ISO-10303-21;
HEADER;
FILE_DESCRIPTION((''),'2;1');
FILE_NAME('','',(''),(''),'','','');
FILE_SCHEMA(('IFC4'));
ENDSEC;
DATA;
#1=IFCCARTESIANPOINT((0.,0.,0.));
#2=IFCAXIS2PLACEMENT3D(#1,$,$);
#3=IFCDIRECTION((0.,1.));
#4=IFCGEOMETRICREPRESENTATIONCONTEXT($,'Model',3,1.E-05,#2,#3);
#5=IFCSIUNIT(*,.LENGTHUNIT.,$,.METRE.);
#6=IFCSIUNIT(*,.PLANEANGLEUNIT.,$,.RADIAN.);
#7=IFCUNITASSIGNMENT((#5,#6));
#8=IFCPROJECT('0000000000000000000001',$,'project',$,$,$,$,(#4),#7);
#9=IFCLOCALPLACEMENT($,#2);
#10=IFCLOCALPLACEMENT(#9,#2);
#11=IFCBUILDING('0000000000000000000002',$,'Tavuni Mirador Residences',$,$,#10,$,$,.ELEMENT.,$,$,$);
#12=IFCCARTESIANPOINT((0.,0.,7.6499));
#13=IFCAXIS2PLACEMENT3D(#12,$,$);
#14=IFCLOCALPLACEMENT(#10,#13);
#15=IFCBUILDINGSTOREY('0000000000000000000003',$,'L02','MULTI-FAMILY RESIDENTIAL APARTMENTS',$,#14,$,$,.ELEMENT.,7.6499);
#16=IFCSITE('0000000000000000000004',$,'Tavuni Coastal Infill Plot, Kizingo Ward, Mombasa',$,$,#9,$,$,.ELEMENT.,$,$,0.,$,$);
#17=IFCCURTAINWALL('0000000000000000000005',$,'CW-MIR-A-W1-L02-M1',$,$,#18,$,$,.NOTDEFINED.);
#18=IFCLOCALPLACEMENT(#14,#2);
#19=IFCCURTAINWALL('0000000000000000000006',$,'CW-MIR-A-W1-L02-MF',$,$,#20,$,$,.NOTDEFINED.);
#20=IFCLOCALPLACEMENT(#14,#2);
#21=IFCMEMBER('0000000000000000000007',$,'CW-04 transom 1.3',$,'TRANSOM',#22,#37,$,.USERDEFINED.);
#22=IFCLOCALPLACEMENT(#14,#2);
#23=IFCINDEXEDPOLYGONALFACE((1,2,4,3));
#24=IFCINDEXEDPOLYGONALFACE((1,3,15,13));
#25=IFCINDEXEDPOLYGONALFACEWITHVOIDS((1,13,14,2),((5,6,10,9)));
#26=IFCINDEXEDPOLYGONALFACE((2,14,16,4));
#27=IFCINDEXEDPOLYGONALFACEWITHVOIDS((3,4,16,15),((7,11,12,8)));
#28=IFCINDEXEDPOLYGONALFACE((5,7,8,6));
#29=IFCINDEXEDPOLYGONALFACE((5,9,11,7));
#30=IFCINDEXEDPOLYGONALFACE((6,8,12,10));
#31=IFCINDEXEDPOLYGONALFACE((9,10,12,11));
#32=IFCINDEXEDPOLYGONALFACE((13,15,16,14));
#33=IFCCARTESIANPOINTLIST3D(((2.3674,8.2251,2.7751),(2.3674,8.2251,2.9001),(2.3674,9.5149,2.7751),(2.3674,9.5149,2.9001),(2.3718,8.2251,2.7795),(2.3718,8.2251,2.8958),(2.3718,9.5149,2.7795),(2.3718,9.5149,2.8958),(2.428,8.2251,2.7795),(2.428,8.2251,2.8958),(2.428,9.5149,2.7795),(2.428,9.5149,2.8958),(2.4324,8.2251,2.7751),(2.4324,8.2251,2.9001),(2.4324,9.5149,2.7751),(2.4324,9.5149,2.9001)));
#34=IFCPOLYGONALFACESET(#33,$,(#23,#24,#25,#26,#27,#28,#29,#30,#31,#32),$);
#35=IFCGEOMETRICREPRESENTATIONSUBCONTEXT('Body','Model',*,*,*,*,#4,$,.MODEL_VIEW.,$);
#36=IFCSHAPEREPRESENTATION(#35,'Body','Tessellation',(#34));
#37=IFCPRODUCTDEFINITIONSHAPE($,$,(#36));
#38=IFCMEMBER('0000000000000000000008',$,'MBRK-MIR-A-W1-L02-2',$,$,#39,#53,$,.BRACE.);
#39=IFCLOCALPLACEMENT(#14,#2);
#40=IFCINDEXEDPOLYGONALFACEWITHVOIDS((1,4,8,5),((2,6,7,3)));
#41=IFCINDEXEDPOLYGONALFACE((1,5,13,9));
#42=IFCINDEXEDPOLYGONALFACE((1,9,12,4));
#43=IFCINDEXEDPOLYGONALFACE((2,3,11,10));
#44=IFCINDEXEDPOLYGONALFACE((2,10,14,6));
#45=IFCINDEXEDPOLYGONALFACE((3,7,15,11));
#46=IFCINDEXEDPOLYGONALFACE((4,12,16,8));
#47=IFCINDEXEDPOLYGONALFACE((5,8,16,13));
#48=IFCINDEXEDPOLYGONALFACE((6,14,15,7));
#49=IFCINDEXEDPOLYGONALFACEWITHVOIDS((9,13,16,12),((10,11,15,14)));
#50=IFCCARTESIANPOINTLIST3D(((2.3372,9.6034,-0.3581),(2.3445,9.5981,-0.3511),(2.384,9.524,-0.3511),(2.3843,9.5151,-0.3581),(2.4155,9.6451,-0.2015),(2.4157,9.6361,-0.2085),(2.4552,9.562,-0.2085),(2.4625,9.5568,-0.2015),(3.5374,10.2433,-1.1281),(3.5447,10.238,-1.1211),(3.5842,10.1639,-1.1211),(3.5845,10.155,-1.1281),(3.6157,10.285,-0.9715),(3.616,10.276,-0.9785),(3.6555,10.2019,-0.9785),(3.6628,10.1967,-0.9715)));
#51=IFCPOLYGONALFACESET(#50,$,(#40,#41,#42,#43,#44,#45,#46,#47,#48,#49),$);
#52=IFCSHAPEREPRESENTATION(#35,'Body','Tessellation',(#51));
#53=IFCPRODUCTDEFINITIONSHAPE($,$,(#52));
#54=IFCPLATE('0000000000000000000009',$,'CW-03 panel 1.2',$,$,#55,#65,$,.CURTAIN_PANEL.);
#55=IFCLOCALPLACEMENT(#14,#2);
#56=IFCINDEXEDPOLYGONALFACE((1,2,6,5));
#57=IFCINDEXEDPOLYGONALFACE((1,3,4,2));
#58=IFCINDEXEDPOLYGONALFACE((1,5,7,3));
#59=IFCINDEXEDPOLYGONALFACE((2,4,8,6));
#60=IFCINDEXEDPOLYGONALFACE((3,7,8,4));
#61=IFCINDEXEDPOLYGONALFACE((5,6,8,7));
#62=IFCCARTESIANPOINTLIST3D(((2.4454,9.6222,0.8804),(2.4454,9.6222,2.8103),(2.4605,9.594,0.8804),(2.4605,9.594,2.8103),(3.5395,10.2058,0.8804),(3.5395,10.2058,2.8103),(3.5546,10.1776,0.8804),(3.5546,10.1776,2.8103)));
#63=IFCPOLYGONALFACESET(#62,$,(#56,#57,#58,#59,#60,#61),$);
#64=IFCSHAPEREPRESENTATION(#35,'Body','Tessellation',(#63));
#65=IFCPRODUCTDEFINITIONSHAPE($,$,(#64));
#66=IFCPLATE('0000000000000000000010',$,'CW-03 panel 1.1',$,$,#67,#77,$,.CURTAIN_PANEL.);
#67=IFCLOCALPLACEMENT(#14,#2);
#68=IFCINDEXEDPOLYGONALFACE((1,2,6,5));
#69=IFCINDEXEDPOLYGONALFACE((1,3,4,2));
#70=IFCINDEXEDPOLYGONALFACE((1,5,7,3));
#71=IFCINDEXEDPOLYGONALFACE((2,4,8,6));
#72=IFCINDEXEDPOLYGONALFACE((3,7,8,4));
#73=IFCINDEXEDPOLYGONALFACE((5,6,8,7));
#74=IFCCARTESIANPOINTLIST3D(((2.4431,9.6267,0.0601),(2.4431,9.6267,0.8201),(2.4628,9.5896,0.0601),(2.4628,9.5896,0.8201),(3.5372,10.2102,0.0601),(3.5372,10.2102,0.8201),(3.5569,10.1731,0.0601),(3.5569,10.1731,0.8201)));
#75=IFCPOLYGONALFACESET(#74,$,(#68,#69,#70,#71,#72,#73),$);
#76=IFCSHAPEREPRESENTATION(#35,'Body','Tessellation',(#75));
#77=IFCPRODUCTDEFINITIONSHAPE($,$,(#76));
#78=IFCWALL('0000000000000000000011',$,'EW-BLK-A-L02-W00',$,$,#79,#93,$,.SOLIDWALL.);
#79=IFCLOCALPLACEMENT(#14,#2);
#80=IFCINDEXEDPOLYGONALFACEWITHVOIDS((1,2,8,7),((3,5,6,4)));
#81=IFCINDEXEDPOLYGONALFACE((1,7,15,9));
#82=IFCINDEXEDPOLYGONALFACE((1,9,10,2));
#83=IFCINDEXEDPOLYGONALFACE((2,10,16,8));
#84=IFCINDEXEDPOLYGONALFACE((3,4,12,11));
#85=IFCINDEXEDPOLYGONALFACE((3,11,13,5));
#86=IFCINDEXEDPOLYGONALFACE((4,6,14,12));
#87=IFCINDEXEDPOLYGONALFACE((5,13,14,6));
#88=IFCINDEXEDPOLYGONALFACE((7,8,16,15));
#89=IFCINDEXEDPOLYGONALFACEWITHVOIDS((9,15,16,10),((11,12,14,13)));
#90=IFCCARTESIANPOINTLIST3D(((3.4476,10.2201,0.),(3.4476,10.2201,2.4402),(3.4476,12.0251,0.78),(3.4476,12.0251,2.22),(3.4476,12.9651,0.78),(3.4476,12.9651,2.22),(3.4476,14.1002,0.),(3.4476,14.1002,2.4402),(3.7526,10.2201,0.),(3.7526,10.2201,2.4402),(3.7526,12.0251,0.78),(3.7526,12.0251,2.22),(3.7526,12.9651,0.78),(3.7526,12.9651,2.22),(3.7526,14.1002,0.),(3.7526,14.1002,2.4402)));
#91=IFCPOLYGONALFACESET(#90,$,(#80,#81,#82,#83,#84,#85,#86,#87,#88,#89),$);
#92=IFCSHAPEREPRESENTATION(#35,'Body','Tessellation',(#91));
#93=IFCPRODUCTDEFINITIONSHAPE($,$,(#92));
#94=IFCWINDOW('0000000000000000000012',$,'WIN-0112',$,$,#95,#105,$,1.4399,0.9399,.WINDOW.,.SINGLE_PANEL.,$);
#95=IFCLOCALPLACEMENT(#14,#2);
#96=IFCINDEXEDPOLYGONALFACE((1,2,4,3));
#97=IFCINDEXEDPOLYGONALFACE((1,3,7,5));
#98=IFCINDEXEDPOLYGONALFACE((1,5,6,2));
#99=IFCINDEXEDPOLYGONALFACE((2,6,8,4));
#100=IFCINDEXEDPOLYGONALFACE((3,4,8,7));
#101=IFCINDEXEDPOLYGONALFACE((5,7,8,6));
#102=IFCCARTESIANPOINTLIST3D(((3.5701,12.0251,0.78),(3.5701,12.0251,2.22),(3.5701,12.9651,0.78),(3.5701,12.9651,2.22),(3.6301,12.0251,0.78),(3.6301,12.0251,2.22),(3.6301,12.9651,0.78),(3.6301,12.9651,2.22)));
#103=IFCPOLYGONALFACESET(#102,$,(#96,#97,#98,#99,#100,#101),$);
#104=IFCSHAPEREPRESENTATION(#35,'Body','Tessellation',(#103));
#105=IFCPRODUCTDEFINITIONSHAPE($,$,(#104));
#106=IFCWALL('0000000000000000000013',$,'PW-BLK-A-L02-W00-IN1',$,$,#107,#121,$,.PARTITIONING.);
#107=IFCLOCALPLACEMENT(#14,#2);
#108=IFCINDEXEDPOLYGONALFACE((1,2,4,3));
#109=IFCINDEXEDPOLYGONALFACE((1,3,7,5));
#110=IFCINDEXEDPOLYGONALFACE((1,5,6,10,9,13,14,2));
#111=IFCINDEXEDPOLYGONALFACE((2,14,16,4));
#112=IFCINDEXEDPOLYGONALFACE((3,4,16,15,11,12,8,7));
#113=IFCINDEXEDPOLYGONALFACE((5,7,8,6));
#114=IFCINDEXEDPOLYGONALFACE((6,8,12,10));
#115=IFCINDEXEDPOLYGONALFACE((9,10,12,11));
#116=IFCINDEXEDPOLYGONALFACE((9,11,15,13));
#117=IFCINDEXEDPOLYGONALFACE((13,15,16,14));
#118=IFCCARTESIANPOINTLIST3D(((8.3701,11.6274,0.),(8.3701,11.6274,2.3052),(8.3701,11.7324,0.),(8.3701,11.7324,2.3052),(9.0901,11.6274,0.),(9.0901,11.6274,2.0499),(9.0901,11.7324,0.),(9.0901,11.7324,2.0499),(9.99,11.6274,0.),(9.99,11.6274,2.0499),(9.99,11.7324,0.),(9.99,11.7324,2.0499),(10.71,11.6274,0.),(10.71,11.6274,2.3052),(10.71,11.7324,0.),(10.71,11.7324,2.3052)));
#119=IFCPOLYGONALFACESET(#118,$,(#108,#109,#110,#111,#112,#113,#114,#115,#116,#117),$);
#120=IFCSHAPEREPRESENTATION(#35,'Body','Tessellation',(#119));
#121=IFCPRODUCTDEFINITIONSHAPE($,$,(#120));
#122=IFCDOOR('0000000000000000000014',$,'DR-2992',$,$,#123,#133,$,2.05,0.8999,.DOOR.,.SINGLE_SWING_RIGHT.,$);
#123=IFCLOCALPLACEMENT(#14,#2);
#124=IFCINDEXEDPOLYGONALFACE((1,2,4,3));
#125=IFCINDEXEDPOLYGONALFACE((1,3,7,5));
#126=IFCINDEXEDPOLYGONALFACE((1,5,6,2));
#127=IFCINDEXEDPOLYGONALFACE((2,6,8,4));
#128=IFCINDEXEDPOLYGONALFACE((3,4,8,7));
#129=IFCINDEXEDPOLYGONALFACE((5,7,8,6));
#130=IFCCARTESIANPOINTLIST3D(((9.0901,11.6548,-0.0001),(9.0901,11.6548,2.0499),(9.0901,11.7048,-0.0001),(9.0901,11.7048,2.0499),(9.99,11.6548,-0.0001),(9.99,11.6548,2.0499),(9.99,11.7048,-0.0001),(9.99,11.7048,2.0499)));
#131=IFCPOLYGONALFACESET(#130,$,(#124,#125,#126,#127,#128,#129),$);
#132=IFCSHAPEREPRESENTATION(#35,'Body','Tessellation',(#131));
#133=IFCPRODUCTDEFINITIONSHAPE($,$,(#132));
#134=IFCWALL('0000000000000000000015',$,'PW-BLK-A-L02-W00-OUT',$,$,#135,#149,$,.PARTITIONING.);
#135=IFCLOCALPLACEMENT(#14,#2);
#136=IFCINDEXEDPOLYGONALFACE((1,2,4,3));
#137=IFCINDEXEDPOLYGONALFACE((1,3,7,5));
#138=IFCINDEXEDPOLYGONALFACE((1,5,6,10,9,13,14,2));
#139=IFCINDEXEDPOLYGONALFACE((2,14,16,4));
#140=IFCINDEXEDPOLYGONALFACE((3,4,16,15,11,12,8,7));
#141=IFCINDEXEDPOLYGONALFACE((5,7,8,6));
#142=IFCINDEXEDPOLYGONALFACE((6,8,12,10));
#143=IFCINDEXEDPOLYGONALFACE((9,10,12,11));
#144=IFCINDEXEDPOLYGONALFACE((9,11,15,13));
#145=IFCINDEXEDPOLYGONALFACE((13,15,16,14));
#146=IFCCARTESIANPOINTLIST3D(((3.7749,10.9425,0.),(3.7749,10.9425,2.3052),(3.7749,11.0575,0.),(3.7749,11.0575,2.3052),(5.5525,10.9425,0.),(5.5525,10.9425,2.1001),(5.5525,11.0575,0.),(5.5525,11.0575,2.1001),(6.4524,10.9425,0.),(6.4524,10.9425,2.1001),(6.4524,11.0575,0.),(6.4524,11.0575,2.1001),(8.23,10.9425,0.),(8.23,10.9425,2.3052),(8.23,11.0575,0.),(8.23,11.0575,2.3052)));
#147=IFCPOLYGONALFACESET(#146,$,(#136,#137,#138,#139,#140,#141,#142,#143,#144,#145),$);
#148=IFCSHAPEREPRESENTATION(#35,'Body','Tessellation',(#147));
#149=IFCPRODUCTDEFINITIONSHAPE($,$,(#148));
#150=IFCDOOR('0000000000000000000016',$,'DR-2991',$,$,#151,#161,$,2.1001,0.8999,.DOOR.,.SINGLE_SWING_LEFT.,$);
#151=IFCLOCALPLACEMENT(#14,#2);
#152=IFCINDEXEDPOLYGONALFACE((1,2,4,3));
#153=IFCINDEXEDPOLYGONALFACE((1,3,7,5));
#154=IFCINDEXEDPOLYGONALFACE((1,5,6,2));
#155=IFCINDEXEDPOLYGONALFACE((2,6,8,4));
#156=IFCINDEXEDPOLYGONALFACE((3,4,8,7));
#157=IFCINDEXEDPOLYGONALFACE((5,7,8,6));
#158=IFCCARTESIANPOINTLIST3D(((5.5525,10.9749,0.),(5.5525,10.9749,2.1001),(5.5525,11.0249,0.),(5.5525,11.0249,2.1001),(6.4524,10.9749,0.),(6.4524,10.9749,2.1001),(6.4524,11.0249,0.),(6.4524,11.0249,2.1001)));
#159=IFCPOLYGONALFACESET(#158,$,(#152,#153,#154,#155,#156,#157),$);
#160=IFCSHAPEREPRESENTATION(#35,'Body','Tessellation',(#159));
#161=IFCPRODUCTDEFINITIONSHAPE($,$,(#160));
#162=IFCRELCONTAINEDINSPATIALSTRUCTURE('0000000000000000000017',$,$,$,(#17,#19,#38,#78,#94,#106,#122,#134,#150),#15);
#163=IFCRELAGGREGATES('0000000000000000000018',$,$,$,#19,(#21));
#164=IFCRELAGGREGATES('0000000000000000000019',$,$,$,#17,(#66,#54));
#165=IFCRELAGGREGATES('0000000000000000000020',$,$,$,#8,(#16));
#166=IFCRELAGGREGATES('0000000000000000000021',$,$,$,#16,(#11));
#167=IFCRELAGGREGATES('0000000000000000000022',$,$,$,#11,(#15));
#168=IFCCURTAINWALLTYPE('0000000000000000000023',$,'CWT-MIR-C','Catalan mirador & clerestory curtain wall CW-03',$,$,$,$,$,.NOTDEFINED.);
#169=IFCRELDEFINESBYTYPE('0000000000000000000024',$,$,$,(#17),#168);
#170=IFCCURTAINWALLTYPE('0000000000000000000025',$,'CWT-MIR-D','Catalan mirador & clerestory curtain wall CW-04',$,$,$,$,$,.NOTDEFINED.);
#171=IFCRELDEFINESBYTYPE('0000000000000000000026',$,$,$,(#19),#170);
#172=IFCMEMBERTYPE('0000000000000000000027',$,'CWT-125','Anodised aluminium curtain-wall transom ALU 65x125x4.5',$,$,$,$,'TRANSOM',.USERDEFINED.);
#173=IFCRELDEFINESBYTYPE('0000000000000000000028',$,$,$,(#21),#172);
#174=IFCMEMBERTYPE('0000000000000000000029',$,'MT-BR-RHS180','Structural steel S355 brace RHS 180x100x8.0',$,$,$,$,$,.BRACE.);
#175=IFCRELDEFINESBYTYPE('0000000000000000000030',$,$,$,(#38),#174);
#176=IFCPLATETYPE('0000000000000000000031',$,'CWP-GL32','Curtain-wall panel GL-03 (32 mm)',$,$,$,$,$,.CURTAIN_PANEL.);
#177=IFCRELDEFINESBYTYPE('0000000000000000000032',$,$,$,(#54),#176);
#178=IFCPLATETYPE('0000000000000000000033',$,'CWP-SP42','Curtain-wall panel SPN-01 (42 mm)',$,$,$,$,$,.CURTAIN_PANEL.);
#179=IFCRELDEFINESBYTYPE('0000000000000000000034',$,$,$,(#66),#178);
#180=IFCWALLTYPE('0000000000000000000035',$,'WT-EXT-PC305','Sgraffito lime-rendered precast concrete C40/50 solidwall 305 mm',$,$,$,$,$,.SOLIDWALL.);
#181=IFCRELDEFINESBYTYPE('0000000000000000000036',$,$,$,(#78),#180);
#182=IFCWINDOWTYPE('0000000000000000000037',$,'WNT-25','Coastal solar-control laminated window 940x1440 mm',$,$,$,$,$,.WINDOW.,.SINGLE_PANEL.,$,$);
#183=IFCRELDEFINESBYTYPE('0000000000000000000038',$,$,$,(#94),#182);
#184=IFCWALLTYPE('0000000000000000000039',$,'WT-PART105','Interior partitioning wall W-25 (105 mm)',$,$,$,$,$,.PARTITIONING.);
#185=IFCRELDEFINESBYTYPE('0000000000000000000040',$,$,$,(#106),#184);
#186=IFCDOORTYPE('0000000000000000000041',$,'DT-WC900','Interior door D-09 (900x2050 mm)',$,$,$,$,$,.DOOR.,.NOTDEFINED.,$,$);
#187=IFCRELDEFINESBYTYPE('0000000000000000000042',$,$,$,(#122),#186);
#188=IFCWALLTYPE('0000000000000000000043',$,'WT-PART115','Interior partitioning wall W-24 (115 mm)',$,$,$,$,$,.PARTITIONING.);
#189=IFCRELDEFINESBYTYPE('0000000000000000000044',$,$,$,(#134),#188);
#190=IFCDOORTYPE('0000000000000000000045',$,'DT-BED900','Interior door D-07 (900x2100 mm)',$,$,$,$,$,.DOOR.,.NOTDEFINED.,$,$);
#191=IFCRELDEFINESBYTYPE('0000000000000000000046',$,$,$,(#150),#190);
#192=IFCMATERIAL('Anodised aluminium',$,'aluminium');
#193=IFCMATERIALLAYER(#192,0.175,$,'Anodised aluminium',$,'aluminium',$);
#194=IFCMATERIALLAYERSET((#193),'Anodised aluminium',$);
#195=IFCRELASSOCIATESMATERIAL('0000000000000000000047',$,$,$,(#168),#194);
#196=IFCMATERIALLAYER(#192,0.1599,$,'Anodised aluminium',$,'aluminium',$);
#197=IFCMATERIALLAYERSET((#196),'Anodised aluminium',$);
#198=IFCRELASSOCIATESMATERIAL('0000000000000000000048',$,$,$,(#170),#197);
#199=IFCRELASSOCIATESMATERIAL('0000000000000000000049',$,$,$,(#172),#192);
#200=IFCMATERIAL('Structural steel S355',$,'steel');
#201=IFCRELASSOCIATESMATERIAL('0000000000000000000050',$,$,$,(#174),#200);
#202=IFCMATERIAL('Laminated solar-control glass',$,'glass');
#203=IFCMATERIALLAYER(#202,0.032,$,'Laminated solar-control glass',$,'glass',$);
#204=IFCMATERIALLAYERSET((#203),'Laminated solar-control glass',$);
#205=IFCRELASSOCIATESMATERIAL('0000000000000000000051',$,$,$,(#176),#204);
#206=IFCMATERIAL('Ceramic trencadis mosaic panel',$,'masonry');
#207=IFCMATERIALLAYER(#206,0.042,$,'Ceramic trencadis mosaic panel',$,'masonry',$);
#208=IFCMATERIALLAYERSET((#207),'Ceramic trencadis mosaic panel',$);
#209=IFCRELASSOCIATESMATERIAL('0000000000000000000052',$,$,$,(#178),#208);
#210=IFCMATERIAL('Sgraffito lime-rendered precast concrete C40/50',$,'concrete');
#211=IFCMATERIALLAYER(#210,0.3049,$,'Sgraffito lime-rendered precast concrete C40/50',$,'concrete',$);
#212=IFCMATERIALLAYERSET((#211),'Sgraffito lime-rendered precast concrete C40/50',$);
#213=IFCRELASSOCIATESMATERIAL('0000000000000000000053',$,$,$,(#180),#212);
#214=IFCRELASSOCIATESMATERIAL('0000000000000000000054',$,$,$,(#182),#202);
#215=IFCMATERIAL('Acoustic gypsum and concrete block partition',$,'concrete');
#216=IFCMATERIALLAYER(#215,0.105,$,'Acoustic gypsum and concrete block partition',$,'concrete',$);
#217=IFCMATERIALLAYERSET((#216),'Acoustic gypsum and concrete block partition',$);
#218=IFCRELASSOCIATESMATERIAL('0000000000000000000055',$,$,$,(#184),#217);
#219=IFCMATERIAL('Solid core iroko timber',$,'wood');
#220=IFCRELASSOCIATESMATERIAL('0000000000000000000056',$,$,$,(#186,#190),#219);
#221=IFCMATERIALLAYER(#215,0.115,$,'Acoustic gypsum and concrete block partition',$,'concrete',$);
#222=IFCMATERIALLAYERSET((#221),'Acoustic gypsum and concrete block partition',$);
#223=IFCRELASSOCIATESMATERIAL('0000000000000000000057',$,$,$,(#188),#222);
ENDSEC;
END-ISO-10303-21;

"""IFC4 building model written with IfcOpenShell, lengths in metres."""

from ifc_helpers import new_model, si_unit, direction, frame, frame_2d, origin, origin_2d, place, context, subcontext, project, spatial, rectangle, hollow_rectangle, extrude, material, layer, layer_set, material_profile, profile_set, type_object, element, fill, aggregate, save


model = new_model("IFC4")

# Units and contexts
model_context = context("Model", 3, precision=1e-05, world=origin(), true_north=direction((0.0, 1.0)))
body_context = subcontext(model_context, "Body", "Model", "MODEL_VIEW")
ifc_project = project(units=[si_unit("LENGTHUNIT", "METRE"), si_unit("PLANEANGLEUNIT", "RADIAN")], contexts=[model_context])

# Site, building, storey
site_placement = place(None, origin())
site = spatial("IfcSite", under=ifc_project, at=site_placement, Name="Tavuni Coastal Infill Plot, Kizingo Ward, Mombasa", CompositionType="ELEMENT", RefElevation=0.0)
building_placement = place(site_placement, origin())
building = spatial("IfcBuilding", under=site, at=building_placement, Name="Tavuni Mirador Residences", CompositionType="ELEMENT")
storey_placement = place(building_placement, frame((0.0, 0.0, 7.6499)))
storey = spatial("IfcBuildingStorey", under=building, at=storey_placement, Name="L02", Description="MULTI-FAMILY RESIDENTIAL APARTMENTS", CompositionType="ELEMENT", Elevation=7.6499)

# Curtain wall
ifc_material_1 = material(Name="Anodised aluminium", Category="aluminium")
ifc_layer_1 = layer(ifc_material_1, 0.175, Name="Anodised aluminium", Category="aluminium")
ifc_layer_set_1 = layer_set([ifc_layer_1], Name="Anodised aluminium")
curtain_wall_type_1 = type_object("IfcCurtainWallType", Name="CWT-MIR-C", Description="Catalan mirador & clerestory curtain wall CW-03", PredefinedType="NOTDEFINED", material=ifc_layer_set_1)
curtain_wall_1_placement = place(storey_placement, origin())
curtain_wall_1 = element("IfcCurtainWall", 1, at=curtain_wall_1_placement, inside=storey, type_object=curtain_wall_type_1, Name="CW-MIR-A-W1-L02-M1", PredefinedType="NOTDEFINED")

# Curtain wall
ifc_layer_2 = layer(ifc_material_1, 0.1599, Name="Anodised aluminium", Category="aluminium")
ifc_layer_set_2 = layer_set([ifc_layer_2], Name="Anodised aluminium")
curtain_wall_type_2 = type_object("IfcCurtainWallType", Name="CWT-MIR-D", Description="Catalan mirador & clerestory curtain wall CW-04", PredefinedType="NOTDEFINED", material=ifc_layer_set_2)
curtain_wall_2_placement = place(storey_placement, origin())
curtain_wall_2 = element("IfcCurtainWall", 2, at=curtain_wall_2_placement, inside=storey, type_object=curtain_wall_type_2, Name="CW-MIR-A-W1-L02-MF", PredefinedType="NOTDEFINED")

# Members
ifc_material_profile_1 = material_profile(ifc_material_1, hollow_rectangle(XDim=0.0649, YDim=0.125, WallThickness=0.0044, at=origin_2d()), Name="ALU 65x125x4.5", Category="aluminium")
ifc_profile_set_1 = profile_set([ifc_material_profile_1], Name="Anodised aluminium")
member_type_1 = type_object("IfcMemberType", Name="CWT-125", Description="Anodised aluminium curtain-wall transom ALU 65x125x4.5", ElementType="TRANSOM", PredefinedType="USERDEFINED", material=ifc_profile_set_1)
member_1_placement = place(storey_placement, frame((2.3999, 9.5149, 2.8376), z_axis=(0.0, -1.0, 0.0), x_axis=(1.0, 0.0, 0.0)))
member_1 = element("IfcMember", 3, at=member_1_placement, type_object=member_type_1, Name="CW-04 transom 1.3", ObjectType="TRANSOM", PredefinedType="USERDEFINED", context=body_context, shape_type="SweptSolid", body=[
    extrude(hollow_rectangle(XDim=0.0649, YDim=0.125, WallThickness=0.0044, at=origin_2d()), origin(), (0.0, 0.0, 1.0), 1.2898),
])
aggregate(curtain_wall_2, [member_1])
ifc_material_2 = material(Name="Structural steel S355", Category="steel")
ifc_material_profile_2 = material_profile(ifc_material_2, hollow_rectangle(XDim=0.1001, YDim=0.1799, WallThickness=0.0081, at=origin_2d()), Name="RHS 180x100x8.0", Category="steel")
ifc_profile_set_2 = profile_set([ifc_material_profile_2], Name="Structural steel S355")
member_type_2 = type_object("IfcMemberType", Name="MT-BR-RHS180", Description="Structural steel S355 brace RHS 180x100x8.0", PredefinedType="BRACE", material=ifc_profile_set_2)
member_2_placement = place(storey_placement, frame((3.6001, 10.22, -1.0498), z_axis=(-0.767896, -0.409409, 0.492666), x_axis=(0.470467, -0.882418, 0.0)))
element("IfcMember", 4, at=member_2_placement, inside=storey, type_object=member_type_2, Name="MBRK-MIR-A-W1-L02-2", PredefinedType="BRACE", context=body_context, shape_type="SweptSolid", body=[
    extrude(hollow_rectangle(XDim=0.1001, YDim=0.1799, WallThickness=0.0081, at=origin_2d()), origin(), (0.0, 0.0, 1.0), 1.563),
])

# Plates
ifc_material_3 = material(Name="Laminated solar-control glass", Category="glass")
ifc_layer_3 = layer(ifc_material_3, 0.032, Name="Laminated solar-control glass", Category="glass")
ifc_layer_set_3 = layer_set([ifc_layer_3], Name="Laminated solar-control glass")
plate_type_1 = type_object("IfcPlateType", Name="CWP-GL32", Description="Curtain-wall panel GL-03 (32 mm)", PredefinedType="CURTAIN_PANEL", material=ifc_layer_set_3)
plate_1_placement = place(storey_placement, frame((3.0, 9.8999, 0.8804), z_axis=(0.0, 0.0, 1.0), x_axis=(-0.882353, -0.470588, 0.0)))
plate_1 = element("IfcPlate", 5, at=plate_1_placement, type_object=plate_type_1, Name="CW-03 panel 1.2", PredefinedType="CURTAIN_PANEL", context=body_context, shape_type="SweptSolid", body=[
    extrude(rectangle(XDim=1.24, YDim=0.032, at=origin_2d()), origin(), (0.0, 0.0, 1.0), 1.9299),
])
ifc_material_4 = material(Name="Ceramic trencadis mosaic panel", Category="masonry")
ifc_layer_4 = layer(ifc_material_4, 0.042, Name="Ceramic trencadis mosaic panel", Category="masonry")
ifc_layer_set_4 = layer_set([ifc_layer_4], Name="Ceramic trencadis mosaic panel")
plate_type_2 = type_object("IfcPlateType", Name="CWP-SP42", Description="Curtain-wall panel SPN-01 (42 mm)", PredefinedType="CURTAIN_PANEL", material=ifc_layer_set_4)
plate_2_placement = place(storey_placement, frame((3.0, 9.8999, 0.0601), z_axis=(0.0, 0.0, 1.0), x_axis=(-0.882353, -0.470588, 0.0)))
plate_2 = element("IfcPlate", 6, at=plate_2_placement, type_object=plate_type_2, Name="CW-03 panel 1.1", PredefinedType="CURTAIN_PANEL", context=body_context, shape_type="SweptSolid", body=[
    extrude(rectangle(XDim=1.24, YDim=0.042, at=origin_2d()), origin(), (0.0, 0.0, 1.0), 0.76),
])
aggregate(curtain_wall_1, [plate_2, plate_1])

# Wall, opening, window
ifc_material_5 = material(Name="Sgraffito lime-rendered precast concrete C40/50", Category="concrete")
ifc_layer_5 = layer(ifc_material_5, 0.3049, Name="Sgraffito lime-rendered precast concrete C40/50", Category="concrete")
ifc_layer_set_5 = layer_set([ifc_layer_5], Name="Sgraffito lime-rendered precast concrete C40/50")
wall_type_1 = type_object("IfcWallType", Name="WT-EXT-PC305", Description="Sgraffito lime-rendered precast concrete C40/50 solidwall 305 mm", PredefinedType="SOLIDWALL", material=ifc_layer_set_5)
wall_1_placement = place(storey_placement, frame((3.6001, 14.1001, 0.0), z_axis=(0.0, 0.0, 1.0), x_axis=(0.0, -1.0, 0.0)))
wall_1 = element("IfcWall", 7, at=wall_1_placement, inside=storey, type_object=wall_type_1, Name="EW-BLK-A-L02-W00", PredefinedType="SOLIDWALL", context=body_context, shape_type="SweptSolid", body=[
    extrude(rectangle(XDim=3.8801, YDim=0.3049, at=frame_2d((1.9399, 0.0))), origin(), (0.0, 0.0, 1.0), 2.4402),
])
opening_1_placement = place(wall_1_placement, frame((1.135, 0.0, 0.78)))
opening_1 = element("IfcOpeningElement", 8, at=opening_1_placement, cuts=wall_1, PredefinedType="OPENING", context=body_context, shape_type="SweptSolid", body=[
    extrude(rectangle(XDim=0.9399, YDim=1.4399, at=frame_2d((0.47, 0.72))), frame((0.0, 0.1626, 0.0), z_axis=(0.0, -1.0, 0.0), x_axis=(1.0, 0.0, 0.0)), (0.0, 0.0, 1.0), 0.325),
])
window_type = type_object("IfcWindowType", Name="WNT-25", Description="Coastal solar-control laminated window 940x1440 mm", PartitioningType="SINGLE_PANEL", PredefinedType="WINDOW", material=ifc_material_3)
window_placement = place(opening_1_placement, origin())
window = element("IfcWindow", 9, at=window_placement, inside=storey, type_object=window_type, Name="WIN-0112", OverallHeight=1.4399, OverallWidth=0.9399, PartitioningType="SINGLE_PANEL", PredefinedType="WINDOW", context=body_context, shape_type="SweptSolid", body=[
    extrude(rectangle(XDim=0.9399, YDim=1.4399, at=frame_2d((0.47, 0.72))), frame((0.0, 0.03, 0.0), z_axis=(0.0, -1.0, 0.0), x_axis=(1.0, 0.0, 0.0)), (0.0, 0.0, 1.0), 0.0601),
])
fill(opening_1, window)

# Walls, openings, doors
ifc_material_6 = material(Name="Acoustic gypsum and concrete block partition", Category="concrete")
ifc_layer_6 = layer(ifc_material_6, 0.105, Name="Acoustic gypsum and concrete block partition", Category="concrete")
ifc_layer_set_6 = layer_set([ifc_layer_6], Name="Acoustic gypsum and concrete block partition")
wall_type_2 = type_object("IfcWallType", Name="WT-PART105", Description="Interior partitioning wall W-25 (105 mm)", PredefinedType="PARTITIONING", material=ifc_layer_set_6)
wall_2_placement = place(storey_placement, frame((8.3701, 11.6799, 0.0), z_axis=(0.0, 0.0, 1.0), x_axis=(1.0, 0.0, 0.0)))
wall_2 = element("IfcWall", 10, at=wall_2_placement, inside=storey, type_object=wall_type_2, Name="PW-BLK-A-L02-W00-IN1", PredefinedType="PARTITIONING", context=body_context, shape_type="SweptSolid", body=[
    extrude(rectangle(XDim=2.3398, YDim=0.105, at=frame_2d((1.1699, 0.0))), origin(), (0.0, 0.0, 1.0), 2.3052),
])
opening_2_placement = place(wall_2_placement, frame((0.72, 0.0, 0.0)))
opening_2 = element("IfcOpeningElement", 11, at=opening_2_placement, cuts=wall_2, PredefinedType="OPENING", context=body_context, shape_type="SweptSolid", body=[
    extrude(rectangle(XDim=0.8999, YDim=2.05, at=frame_2d((0.45, 1.0249))), frame((0.0, 0.0625, 0.0), z_axis=(0.0, -1.0, 0.0), x_axis=(1.0, 0.0, 0.0)), (0.0, 0.0, 1.0), 0.125),
])
ifc_material_7 = material(Name="Solid core iroko timber", Category="wood")
door_type_1 = type_object("IfcDoorType", Name="DT-WC900", Description="Interior door D-09 (900x2050 mm)", OperationType="NOTDEFINED", PredefinedType="DOOR", material=ifc_material_7)
door_1_placement = place(opening_2_placement, origin())
door_1 = element("IfcDoor", 12, at=door_1_placement, inside=storey, type_object=door_type_1, Name="DR-2992", OperationType="SINGLE_SWING_RIGHT", OverallHeight=2.05, OverallWidth=0.8999, PredefinedType="DOOR", context=body_context, shape_type="SweptSolid", body=[
    extrude(rectangle(XDim=0.8999, YDim=2.05, at=frame_2d((0.45, 1.0249))), frame((0.0, 0.0249, 0.0), z_axis=(0.0, -1.0, 0.0), x_axis=(1.0, 0.0, 0.0)), (0.0, 0.0, 1.0), 0.05),
])
fill(opening_2, door_1)
ifc_layer_7 = layer(ifc_material_6, 0.115, Name="Acoustic gypsum and concrete block partition", Category="concrete")
ifc_layer_set_7 = layer_set([ifc_layer_7], Name="Acoustic gypsum and concrete block partition")
wall_type_3 = type_object("IfcWallType", Name="WT-PART115", Description="Interior partitioning wall W-24 (115 mm)", PredefinedType="PARTITIONING", material=ifc_layer_set_7)
wall_3_placement = place(storey_placement, frame((3.7749, 11.0, 0.0), z_axis=(0.0, 0.0, 1.0), x_axis=(1.0, 0.0, 0.0)))
wall_3 = element("IfcWall", 13, at=wall_3_placement, inside=storey, type_object=wall_type_3, Name="PW-BLK-A-L02-W00-OUT", PredefinedType="PARTITIONING", context=body_context, shape_type="SweptSolid", body=[
    extrude(rectangle(XDim=4.4551, YDim=0.115, at=frame_2d((2.2275, 0.0))), origin(), (0.0, 0.0, 1.0), 2.3052),
])
opening_3_placement = place(wall_3_placement, frame((1.7776, 0.0, 0.0)))
opening_3 = element("IfcOpeningElement", 14, at=opening_3_placement, cuts=wall_3, PredefinedType="OPENING", context=body_context, shape_type="SweptSolid", body=[
    extrude(rectangle(XDim=0.8999, YDim=2.1001, at=frame_2d((0.45, 1.05))), frame((0.0, 0.0674, 0.0), z_axis=(0.0, -1.0, 0.0), x_axis=(1.0, 0.0, 0.0)), (0.0, 0.0, 1.0), 0.135),
])
door_type_2 = type_object("IfcDoorType", Name="DT-BED900", Description="Interior door D-07 (900x2100 mm)", OperationType="NOTDEFINED", PredefinedType="DOOR", material=ifc_material_7)
door_2_placement = place(opening_3_placement, origin())
door_2 = element("IfcDoor", 15, at=door_2_placement, inside=storey, type_object=door_type_2, Name="DR-2991", OperationType="SINGLE_SWING_LEFT", OverallHeight=2.1001, OverallWidth=0.8999, PredefinedType="DOOR", context=body_context, shape_type="SweptSolid", body=[
    extrude(rectangle(XDim=0.8999, YDim=2.1001, at=frame_2d((0.45, 1.05))), frame((0.0, 0.0249, 0.0), z_axis=(0.0, -1.0, 0.0), x_axis=(1.0, 0.0, 0.0)), (0.0, 0.0, 1.0), 0.05),
])
fill(opening_3, door_2)

save(model, "model.ifc")
